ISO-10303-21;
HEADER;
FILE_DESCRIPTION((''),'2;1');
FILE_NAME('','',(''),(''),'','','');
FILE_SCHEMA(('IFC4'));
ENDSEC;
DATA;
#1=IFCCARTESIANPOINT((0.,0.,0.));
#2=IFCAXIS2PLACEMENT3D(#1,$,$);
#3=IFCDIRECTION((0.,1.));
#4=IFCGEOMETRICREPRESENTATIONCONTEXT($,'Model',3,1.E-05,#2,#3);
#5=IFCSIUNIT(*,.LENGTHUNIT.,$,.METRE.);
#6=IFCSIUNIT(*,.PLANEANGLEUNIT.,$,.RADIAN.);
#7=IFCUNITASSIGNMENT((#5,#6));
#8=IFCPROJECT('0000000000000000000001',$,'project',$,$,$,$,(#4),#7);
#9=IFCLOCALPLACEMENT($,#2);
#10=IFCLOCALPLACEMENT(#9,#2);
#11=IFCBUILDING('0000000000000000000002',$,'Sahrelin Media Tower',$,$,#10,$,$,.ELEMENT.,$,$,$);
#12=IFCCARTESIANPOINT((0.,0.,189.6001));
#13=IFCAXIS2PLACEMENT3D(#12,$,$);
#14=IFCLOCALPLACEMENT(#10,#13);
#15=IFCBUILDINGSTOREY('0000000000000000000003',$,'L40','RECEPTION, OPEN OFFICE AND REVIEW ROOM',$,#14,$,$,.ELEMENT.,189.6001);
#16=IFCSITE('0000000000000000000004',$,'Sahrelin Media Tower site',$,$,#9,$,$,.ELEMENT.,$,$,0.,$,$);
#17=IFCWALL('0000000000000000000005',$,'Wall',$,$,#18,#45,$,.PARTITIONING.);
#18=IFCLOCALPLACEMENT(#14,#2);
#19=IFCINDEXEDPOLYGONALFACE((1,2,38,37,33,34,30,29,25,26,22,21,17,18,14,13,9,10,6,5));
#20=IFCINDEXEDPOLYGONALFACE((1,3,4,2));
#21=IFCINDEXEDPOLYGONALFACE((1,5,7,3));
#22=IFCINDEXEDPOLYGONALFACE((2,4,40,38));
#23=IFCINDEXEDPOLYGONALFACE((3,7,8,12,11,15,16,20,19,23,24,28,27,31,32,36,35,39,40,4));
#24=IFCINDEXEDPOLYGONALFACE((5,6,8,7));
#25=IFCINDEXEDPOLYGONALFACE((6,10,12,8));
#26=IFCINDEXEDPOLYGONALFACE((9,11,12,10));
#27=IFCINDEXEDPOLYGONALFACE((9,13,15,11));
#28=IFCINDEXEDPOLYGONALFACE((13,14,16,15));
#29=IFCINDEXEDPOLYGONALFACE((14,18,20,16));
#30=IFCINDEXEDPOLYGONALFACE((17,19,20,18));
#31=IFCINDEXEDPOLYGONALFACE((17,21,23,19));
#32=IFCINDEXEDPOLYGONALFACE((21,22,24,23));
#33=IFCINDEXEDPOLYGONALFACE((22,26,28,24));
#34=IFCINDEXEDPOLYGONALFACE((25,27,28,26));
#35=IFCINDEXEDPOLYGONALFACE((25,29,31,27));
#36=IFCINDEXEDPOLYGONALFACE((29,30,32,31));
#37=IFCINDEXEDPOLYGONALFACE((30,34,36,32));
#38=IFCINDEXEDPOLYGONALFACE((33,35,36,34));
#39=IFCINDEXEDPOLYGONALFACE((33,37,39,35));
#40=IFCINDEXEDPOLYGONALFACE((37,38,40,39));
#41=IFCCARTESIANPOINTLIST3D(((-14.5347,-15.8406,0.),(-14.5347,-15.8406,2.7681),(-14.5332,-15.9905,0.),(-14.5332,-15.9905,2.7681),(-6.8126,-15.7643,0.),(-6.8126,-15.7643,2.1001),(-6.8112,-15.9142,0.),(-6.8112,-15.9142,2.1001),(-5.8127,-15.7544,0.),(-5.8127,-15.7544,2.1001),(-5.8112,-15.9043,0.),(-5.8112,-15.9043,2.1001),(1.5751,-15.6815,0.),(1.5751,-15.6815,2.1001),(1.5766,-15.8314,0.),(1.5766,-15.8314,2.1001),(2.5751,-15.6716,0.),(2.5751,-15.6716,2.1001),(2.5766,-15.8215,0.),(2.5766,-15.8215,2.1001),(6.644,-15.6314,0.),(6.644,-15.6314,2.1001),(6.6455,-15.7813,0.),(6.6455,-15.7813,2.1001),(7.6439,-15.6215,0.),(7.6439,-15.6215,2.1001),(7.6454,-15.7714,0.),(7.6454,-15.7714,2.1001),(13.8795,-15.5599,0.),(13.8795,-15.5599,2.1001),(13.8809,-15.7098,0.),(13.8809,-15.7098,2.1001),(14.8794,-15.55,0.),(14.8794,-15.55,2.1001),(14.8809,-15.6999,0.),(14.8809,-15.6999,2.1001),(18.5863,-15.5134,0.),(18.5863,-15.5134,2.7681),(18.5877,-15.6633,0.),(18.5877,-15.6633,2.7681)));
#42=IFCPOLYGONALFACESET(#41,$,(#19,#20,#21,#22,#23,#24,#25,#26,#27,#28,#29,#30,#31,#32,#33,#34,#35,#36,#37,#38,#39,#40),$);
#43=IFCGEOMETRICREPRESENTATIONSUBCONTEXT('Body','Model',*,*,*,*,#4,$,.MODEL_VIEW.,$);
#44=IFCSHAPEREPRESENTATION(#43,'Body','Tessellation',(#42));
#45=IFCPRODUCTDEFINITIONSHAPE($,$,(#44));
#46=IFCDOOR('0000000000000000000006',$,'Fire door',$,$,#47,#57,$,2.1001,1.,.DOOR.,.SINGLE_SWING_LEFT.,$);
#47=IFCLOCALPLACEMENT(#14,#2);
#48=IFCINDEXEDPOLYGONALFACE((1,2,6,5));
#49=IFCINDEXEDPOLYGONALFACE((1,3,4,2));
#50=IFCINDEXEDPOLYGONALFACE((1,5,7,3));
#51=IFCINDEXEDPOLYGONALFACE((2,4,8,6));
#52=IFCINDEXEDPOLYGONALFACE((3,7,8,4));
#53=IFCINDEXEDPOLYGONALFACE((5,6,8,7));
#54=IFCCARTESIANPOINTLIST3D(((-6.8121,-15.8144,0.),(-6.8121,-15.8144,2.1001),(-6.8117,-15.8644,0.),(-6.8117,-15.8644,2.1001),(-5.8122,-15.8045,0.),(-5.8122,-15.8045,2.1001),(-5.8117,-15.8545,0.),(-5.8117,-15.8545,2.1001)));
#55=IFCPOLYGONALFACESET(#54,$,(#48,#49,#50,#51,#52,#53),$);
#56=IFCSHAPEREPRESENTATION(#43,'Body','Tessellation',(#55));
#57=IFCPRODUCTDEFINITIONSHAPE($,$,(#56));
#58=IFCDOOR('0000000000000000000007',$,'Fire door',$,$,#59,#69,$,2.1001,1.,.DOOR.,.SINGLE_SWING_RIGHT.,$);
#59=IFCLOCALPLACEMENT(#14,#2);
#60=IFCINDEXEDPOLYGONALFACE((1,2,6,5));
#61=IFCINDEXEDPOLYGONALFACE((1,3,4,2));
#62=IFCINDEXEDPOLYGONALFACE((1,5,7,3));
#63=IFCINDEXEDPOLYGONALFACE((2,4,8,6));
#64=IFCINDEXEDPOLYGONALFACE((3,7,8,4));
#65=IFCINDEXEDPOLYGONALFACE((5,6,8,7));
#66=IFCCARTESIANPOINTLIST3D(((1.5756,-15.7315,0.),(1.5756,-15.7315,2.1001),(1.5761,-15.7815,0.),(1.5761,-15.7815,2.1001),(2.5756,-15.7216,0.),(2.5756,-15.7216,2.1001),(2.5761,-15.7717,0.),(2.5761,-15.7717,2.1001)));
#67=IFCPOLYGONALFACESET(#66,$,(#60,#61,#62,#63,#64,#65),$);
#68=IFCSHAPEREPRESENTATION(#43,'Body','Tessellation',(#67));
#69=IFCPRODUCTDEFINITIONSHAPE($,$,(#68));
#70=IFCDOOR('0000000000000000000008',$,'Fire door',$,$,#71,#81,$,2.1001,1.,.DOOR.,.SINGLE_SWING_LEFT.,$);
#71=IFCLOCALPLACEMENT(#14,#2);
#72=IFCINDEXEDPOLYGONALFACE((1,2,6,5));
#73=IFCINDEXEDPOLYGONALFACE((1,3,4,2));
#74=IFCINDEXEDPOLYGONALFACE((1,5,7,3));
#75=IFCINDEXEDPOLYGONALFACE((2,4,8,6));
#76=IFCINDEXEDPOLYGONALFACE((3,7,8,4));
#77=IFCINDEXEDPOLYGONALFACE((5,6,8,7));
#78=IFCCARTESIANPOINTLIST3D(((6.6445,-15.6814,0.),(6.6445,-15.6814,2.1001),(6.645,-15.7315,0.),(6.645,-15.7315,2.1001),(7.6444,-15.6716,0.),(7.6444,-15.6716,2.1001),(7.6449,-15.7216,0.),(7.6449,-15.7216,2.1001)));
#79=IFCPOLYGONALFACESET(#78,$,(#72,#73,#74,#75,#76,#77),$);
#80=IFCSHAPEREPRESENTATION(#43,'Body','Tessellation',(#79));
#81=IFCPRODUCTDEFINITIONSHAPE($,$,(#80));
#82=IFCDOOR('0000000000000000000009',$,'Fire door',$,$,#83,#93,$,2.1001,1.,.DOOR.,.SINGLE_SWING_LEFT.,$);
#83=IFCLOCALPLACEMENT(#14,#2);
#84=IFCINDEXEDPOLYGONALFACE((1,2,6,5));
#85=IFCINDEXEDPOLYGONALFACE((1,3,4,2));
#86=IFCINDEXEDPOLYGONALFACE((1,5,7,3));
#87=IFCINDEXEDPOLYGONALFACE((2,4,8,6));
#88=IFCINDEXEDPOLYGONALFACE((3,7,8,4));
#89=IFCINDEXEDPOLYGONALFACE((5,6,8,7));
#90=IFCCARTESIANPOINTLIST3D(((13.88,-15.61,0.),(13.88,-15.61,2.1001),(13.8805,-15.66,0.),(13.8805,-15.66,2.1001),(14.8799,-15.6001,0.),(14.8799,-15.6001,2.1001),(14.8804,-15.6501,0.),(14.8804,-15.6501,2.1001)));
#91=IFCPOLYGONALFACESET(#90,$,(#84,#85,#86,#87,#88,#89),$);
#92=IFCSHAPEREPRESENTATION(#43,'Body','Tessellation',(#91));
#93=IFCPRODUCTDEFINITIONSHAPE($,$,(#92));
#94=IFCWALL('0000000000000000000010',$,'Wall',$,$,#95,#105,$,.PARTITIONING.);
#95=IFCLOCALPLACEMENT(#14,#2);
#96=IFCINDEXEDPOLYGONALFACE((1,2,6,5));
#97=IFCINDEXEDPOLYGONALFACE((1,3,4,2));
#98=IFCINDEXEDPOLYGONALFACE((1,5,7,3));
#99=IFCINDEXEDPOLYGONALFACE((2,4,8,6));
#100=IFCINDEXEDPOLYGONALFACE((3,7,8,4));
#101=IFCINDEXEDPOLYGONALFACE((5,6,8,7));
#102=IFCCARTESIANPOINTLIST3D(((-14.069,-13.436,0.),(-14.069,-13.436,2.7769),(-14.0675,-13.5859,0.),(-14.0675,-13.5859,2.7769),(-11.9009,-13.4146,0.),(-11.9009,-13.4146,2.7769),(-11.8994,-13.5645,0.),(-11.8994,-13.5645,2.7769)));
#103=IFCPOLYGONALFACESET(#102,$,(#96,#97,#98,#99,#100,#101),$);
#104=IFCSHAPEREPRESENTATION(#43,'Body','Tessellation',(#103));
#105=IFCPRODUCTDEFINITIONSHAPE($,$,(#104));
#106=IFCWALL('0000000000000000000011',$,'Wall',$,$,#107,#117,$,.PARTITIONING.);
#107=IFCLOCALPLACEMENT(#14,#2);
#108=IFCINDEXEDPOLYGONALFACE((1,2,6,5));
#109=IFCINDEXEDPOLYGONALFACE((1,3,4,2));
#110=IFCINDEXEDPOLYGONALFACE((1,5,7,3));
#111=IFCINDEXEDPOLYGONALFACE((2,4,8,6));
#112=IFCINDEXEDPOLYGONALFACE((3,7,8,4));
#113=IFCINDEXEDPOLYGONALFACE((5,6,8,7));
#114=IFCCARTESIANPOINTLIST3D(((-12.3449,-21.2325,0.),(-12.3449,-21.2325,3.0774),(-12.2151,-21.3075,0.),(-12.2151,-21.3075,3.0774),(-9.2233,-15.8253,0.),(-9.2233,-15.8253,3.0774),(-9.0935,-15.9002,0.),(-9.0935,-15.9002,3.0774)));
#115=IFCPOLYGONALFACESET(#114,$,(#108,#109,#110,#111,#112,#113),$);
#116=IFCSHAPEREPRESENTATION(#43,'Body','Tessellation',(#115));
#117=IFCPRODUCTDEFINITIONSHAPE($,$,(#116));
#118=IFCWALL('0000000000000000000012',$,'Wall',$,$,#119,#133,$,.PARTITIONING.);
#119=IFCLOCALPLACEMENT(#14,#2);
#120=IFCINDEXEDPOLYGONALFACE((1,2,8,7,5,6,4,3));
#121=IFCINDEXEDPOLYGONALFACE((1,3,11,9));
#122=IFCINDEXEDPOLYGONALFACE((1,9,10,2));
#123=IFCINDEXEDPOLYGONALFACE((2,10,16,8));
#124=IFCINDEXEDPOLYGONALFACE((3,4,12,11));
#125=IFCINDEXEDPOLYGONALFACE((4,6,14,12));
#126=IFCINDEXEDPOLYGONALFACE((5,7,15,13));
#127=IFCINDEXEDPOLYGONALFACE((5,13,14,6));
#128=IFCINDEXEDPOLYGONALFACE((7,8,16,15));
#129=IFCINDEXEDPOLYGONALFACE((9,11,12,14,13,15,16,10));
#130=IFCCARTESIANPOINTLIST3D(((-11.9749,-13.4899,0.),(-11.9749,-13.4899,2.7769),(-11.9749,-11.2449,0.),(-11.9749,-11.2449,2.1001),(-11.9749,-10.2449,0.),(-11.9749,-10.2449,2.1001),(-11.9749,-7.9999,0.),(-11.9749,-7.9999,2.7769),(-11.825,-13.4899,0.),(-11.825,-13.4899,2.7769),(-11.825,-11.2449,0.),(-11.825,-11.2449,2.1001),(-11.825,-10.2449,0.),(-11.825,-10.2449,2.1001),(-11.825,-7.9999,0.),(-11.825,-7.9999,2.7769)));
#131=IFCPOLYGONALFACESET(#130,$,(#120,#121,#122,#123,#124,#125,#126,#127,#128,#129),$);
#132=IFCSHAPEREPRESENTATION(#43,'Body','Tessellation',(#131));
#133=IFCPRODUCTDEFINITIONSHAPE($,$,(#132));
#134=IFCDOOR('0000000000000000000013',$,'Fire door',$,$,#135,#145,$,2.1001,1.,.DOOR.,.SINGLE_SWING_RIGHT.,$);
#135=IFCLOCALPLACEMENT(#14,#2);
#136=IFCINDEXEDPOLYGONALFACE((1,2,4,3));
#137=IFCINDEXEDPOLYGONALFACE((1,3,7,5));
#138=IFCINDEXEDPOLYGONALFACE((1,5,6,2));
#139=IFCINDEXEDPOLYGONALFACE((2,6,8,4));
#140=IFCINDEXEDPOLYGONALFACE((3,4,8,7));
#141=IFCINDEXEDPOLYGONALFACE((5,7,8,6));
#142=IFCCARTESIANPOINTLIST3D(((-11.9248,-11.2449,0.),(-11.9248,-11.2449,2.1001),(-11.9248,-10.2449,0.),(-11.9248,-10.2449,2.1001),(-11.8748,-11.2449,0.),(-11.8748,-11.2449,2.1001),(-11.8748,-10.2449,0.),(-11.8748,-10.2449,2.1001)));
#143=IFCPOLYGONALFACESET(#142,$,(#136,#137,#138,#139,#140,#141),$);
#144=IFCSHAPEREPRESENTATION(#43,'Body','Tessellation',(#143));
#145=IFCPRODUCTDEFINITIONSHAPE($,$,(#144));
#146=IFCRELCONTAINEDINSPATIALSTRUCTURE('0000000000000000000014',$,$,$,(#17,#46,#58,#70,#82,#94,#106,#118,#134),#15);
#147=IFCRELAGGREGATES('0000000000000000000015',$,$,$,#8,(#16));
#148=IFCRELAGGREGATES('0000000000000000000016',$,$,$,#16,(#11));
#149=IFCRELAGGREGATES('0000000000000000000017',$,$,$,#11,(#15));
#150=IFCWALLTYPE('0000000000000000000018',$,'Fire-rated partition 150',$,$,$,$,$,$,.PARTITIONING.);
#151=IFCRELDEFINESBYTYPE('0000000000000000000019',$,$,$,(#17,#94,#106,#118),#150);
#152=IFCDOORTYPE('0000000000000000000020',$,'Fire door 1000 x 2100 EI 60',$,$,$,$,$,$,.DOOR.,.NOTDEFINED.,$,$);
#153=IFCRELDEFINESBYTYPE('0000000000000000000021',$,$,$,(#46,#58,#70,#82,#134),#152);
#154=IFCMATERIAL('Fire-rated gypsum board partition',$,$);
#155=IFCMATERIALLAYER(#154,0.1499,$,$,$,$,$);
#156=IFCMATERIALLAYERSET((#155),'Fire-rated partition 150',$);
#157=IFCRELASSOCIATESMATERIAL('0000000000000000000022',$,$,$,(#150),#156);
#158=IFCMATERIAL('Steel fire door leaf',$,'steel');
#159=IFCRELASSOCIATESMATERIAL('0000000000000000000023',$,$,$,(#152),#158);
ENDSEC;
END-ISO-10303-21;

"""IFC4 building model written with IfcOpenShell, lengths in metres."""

from ifc_helpers import new_model, si_unit, direction, frame, frame_2d, origin, place, context, subcontext, project, spatial, rectangle, extrude, material, layer, layer_set, type_object, element, fill, save


model = new_model("IFC4")

# Units and contexts
model_context = context("Model", 3, precision=1e-05, world=origin(), true_north=direction((0.0, 1.0)))
body_context = subcontext(model_context, "Body", "Model", "MODEL_VIEW")
ifc_project = project(units=[si_unit("LENGTHUNIT", "METRE"), si_unit("PLANEANGLEUNIT", "RADIAN")], contexts=[model_context])

# Site, building, storey
site_placement = place(None, origin())
site = spatial("IfcSite", under=ifc_project, at=site_placement, Name="Sahrelin Media Tower site", CompositionType="ELEMENT", RefElevation=0.0)
building_placement = place(site_placement, origin())
building = spatial("IfcBuilding", under=site, at=building_placement, Name="Sahrelin Media Tower", CompositionType="ELEMENT")
storey_placement = place(building_placement, frame((0.0, 0.0, 189.6001)))
storey = spatial("IfcBuildingStorey", under=building, at=storey_placement, Name="L40", Description="RECEPTION, OPEN OFFICE AND REVIEW ROOM", CompositionType="ELEMENT", Elevation=189.6001)

# Wall, openings, doors
ifc_material_1 = material(Name="Fire-rated gypsum board partition")
ifc_layer_1 = layer(ifc_material_1, 0.1499)
ifc_layer_set_1 = layer_set([ifc_layer_1], Name="Fire-rated partition 150")
wall_type_1 = type_object("IfcWallType", Name="Fire-rated partition 150", PredefinedType="PARTITIONING", material=ifc_layer_set_1)
wall_1_placement = place(storey_placement, frame((-14.5339, -15.9155, 0.0), z_axis=(0.0, 0.0, 1.0), x_axis=(0.999951, 0.009877, 0.0)))
wall_1 = element("IfcWall", 1, at=wall_1_placement, inside=storey, type_object=wall_type_1, Name="Wall", PredefinedType="PARTITIONING", context=body_context, shape_type="SweptSolid", body=[
    extrude(rectangle(XDim=33.1226, YDim=0.1499, at=frame_2d((16.5613, 0.0))), origin(), (0.0, 0.0, 1.0), 2.7681),
])
opening_1_placement = place(wall_1_placement, frame((7.7224, 0.0, 0.0)))
opening_1 = element("IfcOpeningElement", 2, at=opening_1_placement, cuts=wall_1, PredefinedType="OPENING", context=body_context, shape_type="SweptSolid", body=[
    extrude(rectangle(XDim=1.0, YDim=2.1001, at=frame_2d((0.5, 1.05))), frame((0.0, 0.075, 0.0), z_axis=(0.0, -1.0, 0.0), x_axis=(1.0, 0.0, 0.0)), (0.0, 0.0, 1.0), 0.1499),
])
opening_2_placement = place(wall_1_placement, frame((16.1106, 0.0, 0.0)))
opening_2 = element("IfcOpeningElement", 3, at=opening_2_placement, cuts=wall_1, PredefinedType="OPENING", context=body_context, shape_type="SweptSolid", body=[
    extrude(rectangle(XDim=1.0, YDim=2.1001, at=frame_2d((0.5, 1.05))), frame((0.0, 0.075, 0.0), z_axis=(0.0, -1.0, 0.0), x_axis=(1.0, 0.0, 0.0)), (0.0, 0.0, 1.0), 0.1499),
])
opening_3_placement = place(wall_1_placement, frame((21.1797, 0.0, 0.0)))
opening_3 = element("IfcOpeningElement", 4, at=opening_3_placement, cuts=wall_1, PredefinedType="OPENING", context=body_context, shape_type="SweptSolid", body=[
    extrude(rectangle(XDim=1.0, YDim=2.1001, at=frame_2d((0.5, 1.05))), frame((0.0, 0.075, 0.0), z_axis=(0.0, -1.0, 0.0), x_axis=(1.0, 0.0, 0.0)), (0.0, 0.0, 1.0), 0.1499),
])
opening_4_placement = place(wall_1_placement, frame((28.4155, 0.0, 0.0)))
opening_4 = element("IfcOpeningElement", 5, at=opening_4_placement, cuts=wall_1, PredefinedType="OPENING", context=body_context, shape_type="SweptSolid", body=[
    extrude(rectangle(XDim=1.0, YDim=2.1001, at=frame_2d((0.5, 1.05))), frame((0.0, 0.075, 0.0), z_axis=(0.0, -1.0, 0.0), x_axis=(1.0, 0.0, 0.0)), (0.0, 0.0, 1.0), 0.1499),
])
ifc_material_2 = material(Name="Steel fire door leaf", Category="steel")
door_type_1 = type_object("IfcDoorType", Name="Fire door 1000 x 2100 EI 60", OperationType="NOTDEFINED", PredefinedType="DOOR", material=ifc_material_2)
door_1_placement = place(opening_1_placement, origin())
door_1 = element("IfcDoor", 6, at=door_1_placement, inside=storey, type_object=door_type_1, Name="Fire door", OperationType="SINGLE_SWING_LEFT", OverallHeight=2.1001, OverallWidth=1.0, PredefinedType="DOOR", context=body_context, shape_type="SweptSolid", body=[
    extrude(rectangle(XDim=1.0, YDim=2.1001, at=frame_2d((0.5, 1.05))), frame((0.0, 0.0249, 0.0), z_axis=(0.0, -1.0, 0.0), x_axis=(1.0, 0.0, 0.0)), (0.0, 0.0, 1.0), 0.05),
])
fill(opening_1, door_1)
door_2_placement = place(opening_2_placement, origin())
door_2 = element("IfcDoor", 7, at=door_2_placement, inside=storey, type_object=door_type_1, Name="Fire door", OperationType="SINGLE_SWING_RIGHT", OverallHeight=2.1001, OverallWidth=1.0, PredefinedType="DOOR", context=body_context, shape_type="SweptSolid", body=[
    extrude(rectangle(XDim=1.0, YDim=2.1001, at=frame_2d((0.5, 1.05))), frame((0.0, 0.0249, 0.0), z_axis=(0.0, -1.0, 0.0), x_axis=(1.0, 0.0, 0.0)), (0.0, 0.0, 1.0), 0.05),
])
fill(opening_2, door_2)
door_3_placement = place(opening_3_placement, origin())
door_3 = element("IfcDoor", 8, at=door_3_placement, inside=storey, type_object=door_type_1, Name="Fire door", OperationType="SINGLE_SWING_LEFT", OverallHeight=2.1001, OverallWidth=1.0, PredefinedType="DOOR", context=body_context, shape_type="SweptSolid", body=[
    extrude(rectangle(XDim=1.0, YDim=2.1001, at=frame_2d((0.5, 1.05))), frame((0.0, 0.0249, 0.0), z_axis=(0.0, -1.0, 0.0), x_axis=(1.0, 0.0, 0.0)), (0.0, 0.0, 1.0), 0.05),
])
fill(opening_3, door_3)
door_4_placement = place(opening_4_placement, origin())
door_4 = element("IfcDoor", 9, at=door_4_placement, inside=storey, type_object=door_type_1, Name="Fire door", OperationType="SINGLE_SWING_LEFT", OverallHeight=2.1001, OverallWidth=1.0, PredefinedType="DOOR", context=body_context, shape_type="SweptSolid", body=[
    extrude(rectangle(XDim=1.0, YDim=2.1001, at=frame_2d((0.5, 1.05))), frame((0.0, 0.0249, 0.0), z_axis=(0.0, -1.0, 0.0), x_axis=(1.0, 0.0, 0.0)), (0.0, 0.0, 1.0), 0.05),
])
fill(opening_4, door_4)

# Walls
wall_2_placement = place(storey_placement, frame((-14.0681, -13.511, 0.0), z_axis=(0.0, 0.0, 1.0), x_axis=(0.999951, 0.009908, 0.0)))
element("IfcWall", 10, at=wall_2_placement, inside=storey, type_object=wall_type_1, Name="Wall", PredefinedType="PARTITIONING", context=body_context, shape_type="SweptSolid", body=[
    extrude(rectangle(XDim=2.1682, YDim=0.1499, at=frame_2d((1.084, 0.0))), origin(), (0.0, 0.0, 1.0), 2.7769),
])
wall_3_placement = place(storey_placement, frame((-12.28, -21.27, 0.0), z_axis=(0.0, 0.0, 1.0), x_axis=(0.499966, 0.866045, 0.0)))
element("IfcWall", 11, at=wall_3_placement, inside=storey, type_object=wall_type_1, Name="Wall", PredefinedType="PARTITIONING", context=body_context, shape_type="SweptSolid", body=[
    extrude(rectangle(XDim=6.2437, YDim=0.1499, at=frame_2d((3.1218, 0.0))), origin(), (0.0, 0.0, 1.0), 3.0774),
])

# Wall, opening, door
wall_4_placement = place(storey_placement, frame((-11.8999, -13.49, 0.0), z_axis=(0.0, 0.0, 1.0), x_axis=(0.0, 1.0, 0.0)))
wall_4 = element("IfcWall", 12, at=wall_4_placement, inside=storey, type_object=wall_type_1, Name="Wall", PredefinedType="PARTITIONING", context=body_context, shape_type="SweptSolid", body=[
    extrude(rectangle(XDim=5.49, YDim=0.1499, at=frame_2d((2.7451, 0.0))), origin(), (0.0, 0.0, 1.0), 2.7769),
])
opening_5_placement = place(wall_4_placement, frame((2.2451, 0.0, 0.0)))
opening_5 = element("IfcOpeningElement", 13, at=opening_5_placement, cuts=wall_4, PredefinedType="OPENING", context=body_context, shape_type="SweptSolid", body=[
    extrude(rectangle(XDim=1.0, YDim=2.1001, at=frame_2d((0.5, 1.05))), frame((0.0, 0.075, 0.0), z_axis=(0.0, -1.0, 0.0), x_axis=(1.0, 0.0, 0.0)), (0.0, 0.0, 1.0), 0.1499),
])
door_5_placement = place(opening_5_placement, origin())
door_5 = element("IfcDoor", 14, at=door_5_placement, inside=storey, type_object=door_type_1, Name="Fire door", OperationType="SINGLE_SWING_RIGHT", OverallHeight=2.1001, OverallWidth=1.0, PredefinedType="DOOR", context=body_context, shape_type="SweptSolid", body=[
    extrude(rectangle(XDim=1.0, YDim=2.1001, at=frame_2d((0.5, 1.05))), frame((0.0, 0.0249, 0.0), z_axis=(0.0, -1.0, 0.0), x_axis=(1.0, 0.0, 0.0)), (0.0, 0.0, 1.0), 0.05),
])
fill(opening_5, door_5)

save(model, "model.ifc")
